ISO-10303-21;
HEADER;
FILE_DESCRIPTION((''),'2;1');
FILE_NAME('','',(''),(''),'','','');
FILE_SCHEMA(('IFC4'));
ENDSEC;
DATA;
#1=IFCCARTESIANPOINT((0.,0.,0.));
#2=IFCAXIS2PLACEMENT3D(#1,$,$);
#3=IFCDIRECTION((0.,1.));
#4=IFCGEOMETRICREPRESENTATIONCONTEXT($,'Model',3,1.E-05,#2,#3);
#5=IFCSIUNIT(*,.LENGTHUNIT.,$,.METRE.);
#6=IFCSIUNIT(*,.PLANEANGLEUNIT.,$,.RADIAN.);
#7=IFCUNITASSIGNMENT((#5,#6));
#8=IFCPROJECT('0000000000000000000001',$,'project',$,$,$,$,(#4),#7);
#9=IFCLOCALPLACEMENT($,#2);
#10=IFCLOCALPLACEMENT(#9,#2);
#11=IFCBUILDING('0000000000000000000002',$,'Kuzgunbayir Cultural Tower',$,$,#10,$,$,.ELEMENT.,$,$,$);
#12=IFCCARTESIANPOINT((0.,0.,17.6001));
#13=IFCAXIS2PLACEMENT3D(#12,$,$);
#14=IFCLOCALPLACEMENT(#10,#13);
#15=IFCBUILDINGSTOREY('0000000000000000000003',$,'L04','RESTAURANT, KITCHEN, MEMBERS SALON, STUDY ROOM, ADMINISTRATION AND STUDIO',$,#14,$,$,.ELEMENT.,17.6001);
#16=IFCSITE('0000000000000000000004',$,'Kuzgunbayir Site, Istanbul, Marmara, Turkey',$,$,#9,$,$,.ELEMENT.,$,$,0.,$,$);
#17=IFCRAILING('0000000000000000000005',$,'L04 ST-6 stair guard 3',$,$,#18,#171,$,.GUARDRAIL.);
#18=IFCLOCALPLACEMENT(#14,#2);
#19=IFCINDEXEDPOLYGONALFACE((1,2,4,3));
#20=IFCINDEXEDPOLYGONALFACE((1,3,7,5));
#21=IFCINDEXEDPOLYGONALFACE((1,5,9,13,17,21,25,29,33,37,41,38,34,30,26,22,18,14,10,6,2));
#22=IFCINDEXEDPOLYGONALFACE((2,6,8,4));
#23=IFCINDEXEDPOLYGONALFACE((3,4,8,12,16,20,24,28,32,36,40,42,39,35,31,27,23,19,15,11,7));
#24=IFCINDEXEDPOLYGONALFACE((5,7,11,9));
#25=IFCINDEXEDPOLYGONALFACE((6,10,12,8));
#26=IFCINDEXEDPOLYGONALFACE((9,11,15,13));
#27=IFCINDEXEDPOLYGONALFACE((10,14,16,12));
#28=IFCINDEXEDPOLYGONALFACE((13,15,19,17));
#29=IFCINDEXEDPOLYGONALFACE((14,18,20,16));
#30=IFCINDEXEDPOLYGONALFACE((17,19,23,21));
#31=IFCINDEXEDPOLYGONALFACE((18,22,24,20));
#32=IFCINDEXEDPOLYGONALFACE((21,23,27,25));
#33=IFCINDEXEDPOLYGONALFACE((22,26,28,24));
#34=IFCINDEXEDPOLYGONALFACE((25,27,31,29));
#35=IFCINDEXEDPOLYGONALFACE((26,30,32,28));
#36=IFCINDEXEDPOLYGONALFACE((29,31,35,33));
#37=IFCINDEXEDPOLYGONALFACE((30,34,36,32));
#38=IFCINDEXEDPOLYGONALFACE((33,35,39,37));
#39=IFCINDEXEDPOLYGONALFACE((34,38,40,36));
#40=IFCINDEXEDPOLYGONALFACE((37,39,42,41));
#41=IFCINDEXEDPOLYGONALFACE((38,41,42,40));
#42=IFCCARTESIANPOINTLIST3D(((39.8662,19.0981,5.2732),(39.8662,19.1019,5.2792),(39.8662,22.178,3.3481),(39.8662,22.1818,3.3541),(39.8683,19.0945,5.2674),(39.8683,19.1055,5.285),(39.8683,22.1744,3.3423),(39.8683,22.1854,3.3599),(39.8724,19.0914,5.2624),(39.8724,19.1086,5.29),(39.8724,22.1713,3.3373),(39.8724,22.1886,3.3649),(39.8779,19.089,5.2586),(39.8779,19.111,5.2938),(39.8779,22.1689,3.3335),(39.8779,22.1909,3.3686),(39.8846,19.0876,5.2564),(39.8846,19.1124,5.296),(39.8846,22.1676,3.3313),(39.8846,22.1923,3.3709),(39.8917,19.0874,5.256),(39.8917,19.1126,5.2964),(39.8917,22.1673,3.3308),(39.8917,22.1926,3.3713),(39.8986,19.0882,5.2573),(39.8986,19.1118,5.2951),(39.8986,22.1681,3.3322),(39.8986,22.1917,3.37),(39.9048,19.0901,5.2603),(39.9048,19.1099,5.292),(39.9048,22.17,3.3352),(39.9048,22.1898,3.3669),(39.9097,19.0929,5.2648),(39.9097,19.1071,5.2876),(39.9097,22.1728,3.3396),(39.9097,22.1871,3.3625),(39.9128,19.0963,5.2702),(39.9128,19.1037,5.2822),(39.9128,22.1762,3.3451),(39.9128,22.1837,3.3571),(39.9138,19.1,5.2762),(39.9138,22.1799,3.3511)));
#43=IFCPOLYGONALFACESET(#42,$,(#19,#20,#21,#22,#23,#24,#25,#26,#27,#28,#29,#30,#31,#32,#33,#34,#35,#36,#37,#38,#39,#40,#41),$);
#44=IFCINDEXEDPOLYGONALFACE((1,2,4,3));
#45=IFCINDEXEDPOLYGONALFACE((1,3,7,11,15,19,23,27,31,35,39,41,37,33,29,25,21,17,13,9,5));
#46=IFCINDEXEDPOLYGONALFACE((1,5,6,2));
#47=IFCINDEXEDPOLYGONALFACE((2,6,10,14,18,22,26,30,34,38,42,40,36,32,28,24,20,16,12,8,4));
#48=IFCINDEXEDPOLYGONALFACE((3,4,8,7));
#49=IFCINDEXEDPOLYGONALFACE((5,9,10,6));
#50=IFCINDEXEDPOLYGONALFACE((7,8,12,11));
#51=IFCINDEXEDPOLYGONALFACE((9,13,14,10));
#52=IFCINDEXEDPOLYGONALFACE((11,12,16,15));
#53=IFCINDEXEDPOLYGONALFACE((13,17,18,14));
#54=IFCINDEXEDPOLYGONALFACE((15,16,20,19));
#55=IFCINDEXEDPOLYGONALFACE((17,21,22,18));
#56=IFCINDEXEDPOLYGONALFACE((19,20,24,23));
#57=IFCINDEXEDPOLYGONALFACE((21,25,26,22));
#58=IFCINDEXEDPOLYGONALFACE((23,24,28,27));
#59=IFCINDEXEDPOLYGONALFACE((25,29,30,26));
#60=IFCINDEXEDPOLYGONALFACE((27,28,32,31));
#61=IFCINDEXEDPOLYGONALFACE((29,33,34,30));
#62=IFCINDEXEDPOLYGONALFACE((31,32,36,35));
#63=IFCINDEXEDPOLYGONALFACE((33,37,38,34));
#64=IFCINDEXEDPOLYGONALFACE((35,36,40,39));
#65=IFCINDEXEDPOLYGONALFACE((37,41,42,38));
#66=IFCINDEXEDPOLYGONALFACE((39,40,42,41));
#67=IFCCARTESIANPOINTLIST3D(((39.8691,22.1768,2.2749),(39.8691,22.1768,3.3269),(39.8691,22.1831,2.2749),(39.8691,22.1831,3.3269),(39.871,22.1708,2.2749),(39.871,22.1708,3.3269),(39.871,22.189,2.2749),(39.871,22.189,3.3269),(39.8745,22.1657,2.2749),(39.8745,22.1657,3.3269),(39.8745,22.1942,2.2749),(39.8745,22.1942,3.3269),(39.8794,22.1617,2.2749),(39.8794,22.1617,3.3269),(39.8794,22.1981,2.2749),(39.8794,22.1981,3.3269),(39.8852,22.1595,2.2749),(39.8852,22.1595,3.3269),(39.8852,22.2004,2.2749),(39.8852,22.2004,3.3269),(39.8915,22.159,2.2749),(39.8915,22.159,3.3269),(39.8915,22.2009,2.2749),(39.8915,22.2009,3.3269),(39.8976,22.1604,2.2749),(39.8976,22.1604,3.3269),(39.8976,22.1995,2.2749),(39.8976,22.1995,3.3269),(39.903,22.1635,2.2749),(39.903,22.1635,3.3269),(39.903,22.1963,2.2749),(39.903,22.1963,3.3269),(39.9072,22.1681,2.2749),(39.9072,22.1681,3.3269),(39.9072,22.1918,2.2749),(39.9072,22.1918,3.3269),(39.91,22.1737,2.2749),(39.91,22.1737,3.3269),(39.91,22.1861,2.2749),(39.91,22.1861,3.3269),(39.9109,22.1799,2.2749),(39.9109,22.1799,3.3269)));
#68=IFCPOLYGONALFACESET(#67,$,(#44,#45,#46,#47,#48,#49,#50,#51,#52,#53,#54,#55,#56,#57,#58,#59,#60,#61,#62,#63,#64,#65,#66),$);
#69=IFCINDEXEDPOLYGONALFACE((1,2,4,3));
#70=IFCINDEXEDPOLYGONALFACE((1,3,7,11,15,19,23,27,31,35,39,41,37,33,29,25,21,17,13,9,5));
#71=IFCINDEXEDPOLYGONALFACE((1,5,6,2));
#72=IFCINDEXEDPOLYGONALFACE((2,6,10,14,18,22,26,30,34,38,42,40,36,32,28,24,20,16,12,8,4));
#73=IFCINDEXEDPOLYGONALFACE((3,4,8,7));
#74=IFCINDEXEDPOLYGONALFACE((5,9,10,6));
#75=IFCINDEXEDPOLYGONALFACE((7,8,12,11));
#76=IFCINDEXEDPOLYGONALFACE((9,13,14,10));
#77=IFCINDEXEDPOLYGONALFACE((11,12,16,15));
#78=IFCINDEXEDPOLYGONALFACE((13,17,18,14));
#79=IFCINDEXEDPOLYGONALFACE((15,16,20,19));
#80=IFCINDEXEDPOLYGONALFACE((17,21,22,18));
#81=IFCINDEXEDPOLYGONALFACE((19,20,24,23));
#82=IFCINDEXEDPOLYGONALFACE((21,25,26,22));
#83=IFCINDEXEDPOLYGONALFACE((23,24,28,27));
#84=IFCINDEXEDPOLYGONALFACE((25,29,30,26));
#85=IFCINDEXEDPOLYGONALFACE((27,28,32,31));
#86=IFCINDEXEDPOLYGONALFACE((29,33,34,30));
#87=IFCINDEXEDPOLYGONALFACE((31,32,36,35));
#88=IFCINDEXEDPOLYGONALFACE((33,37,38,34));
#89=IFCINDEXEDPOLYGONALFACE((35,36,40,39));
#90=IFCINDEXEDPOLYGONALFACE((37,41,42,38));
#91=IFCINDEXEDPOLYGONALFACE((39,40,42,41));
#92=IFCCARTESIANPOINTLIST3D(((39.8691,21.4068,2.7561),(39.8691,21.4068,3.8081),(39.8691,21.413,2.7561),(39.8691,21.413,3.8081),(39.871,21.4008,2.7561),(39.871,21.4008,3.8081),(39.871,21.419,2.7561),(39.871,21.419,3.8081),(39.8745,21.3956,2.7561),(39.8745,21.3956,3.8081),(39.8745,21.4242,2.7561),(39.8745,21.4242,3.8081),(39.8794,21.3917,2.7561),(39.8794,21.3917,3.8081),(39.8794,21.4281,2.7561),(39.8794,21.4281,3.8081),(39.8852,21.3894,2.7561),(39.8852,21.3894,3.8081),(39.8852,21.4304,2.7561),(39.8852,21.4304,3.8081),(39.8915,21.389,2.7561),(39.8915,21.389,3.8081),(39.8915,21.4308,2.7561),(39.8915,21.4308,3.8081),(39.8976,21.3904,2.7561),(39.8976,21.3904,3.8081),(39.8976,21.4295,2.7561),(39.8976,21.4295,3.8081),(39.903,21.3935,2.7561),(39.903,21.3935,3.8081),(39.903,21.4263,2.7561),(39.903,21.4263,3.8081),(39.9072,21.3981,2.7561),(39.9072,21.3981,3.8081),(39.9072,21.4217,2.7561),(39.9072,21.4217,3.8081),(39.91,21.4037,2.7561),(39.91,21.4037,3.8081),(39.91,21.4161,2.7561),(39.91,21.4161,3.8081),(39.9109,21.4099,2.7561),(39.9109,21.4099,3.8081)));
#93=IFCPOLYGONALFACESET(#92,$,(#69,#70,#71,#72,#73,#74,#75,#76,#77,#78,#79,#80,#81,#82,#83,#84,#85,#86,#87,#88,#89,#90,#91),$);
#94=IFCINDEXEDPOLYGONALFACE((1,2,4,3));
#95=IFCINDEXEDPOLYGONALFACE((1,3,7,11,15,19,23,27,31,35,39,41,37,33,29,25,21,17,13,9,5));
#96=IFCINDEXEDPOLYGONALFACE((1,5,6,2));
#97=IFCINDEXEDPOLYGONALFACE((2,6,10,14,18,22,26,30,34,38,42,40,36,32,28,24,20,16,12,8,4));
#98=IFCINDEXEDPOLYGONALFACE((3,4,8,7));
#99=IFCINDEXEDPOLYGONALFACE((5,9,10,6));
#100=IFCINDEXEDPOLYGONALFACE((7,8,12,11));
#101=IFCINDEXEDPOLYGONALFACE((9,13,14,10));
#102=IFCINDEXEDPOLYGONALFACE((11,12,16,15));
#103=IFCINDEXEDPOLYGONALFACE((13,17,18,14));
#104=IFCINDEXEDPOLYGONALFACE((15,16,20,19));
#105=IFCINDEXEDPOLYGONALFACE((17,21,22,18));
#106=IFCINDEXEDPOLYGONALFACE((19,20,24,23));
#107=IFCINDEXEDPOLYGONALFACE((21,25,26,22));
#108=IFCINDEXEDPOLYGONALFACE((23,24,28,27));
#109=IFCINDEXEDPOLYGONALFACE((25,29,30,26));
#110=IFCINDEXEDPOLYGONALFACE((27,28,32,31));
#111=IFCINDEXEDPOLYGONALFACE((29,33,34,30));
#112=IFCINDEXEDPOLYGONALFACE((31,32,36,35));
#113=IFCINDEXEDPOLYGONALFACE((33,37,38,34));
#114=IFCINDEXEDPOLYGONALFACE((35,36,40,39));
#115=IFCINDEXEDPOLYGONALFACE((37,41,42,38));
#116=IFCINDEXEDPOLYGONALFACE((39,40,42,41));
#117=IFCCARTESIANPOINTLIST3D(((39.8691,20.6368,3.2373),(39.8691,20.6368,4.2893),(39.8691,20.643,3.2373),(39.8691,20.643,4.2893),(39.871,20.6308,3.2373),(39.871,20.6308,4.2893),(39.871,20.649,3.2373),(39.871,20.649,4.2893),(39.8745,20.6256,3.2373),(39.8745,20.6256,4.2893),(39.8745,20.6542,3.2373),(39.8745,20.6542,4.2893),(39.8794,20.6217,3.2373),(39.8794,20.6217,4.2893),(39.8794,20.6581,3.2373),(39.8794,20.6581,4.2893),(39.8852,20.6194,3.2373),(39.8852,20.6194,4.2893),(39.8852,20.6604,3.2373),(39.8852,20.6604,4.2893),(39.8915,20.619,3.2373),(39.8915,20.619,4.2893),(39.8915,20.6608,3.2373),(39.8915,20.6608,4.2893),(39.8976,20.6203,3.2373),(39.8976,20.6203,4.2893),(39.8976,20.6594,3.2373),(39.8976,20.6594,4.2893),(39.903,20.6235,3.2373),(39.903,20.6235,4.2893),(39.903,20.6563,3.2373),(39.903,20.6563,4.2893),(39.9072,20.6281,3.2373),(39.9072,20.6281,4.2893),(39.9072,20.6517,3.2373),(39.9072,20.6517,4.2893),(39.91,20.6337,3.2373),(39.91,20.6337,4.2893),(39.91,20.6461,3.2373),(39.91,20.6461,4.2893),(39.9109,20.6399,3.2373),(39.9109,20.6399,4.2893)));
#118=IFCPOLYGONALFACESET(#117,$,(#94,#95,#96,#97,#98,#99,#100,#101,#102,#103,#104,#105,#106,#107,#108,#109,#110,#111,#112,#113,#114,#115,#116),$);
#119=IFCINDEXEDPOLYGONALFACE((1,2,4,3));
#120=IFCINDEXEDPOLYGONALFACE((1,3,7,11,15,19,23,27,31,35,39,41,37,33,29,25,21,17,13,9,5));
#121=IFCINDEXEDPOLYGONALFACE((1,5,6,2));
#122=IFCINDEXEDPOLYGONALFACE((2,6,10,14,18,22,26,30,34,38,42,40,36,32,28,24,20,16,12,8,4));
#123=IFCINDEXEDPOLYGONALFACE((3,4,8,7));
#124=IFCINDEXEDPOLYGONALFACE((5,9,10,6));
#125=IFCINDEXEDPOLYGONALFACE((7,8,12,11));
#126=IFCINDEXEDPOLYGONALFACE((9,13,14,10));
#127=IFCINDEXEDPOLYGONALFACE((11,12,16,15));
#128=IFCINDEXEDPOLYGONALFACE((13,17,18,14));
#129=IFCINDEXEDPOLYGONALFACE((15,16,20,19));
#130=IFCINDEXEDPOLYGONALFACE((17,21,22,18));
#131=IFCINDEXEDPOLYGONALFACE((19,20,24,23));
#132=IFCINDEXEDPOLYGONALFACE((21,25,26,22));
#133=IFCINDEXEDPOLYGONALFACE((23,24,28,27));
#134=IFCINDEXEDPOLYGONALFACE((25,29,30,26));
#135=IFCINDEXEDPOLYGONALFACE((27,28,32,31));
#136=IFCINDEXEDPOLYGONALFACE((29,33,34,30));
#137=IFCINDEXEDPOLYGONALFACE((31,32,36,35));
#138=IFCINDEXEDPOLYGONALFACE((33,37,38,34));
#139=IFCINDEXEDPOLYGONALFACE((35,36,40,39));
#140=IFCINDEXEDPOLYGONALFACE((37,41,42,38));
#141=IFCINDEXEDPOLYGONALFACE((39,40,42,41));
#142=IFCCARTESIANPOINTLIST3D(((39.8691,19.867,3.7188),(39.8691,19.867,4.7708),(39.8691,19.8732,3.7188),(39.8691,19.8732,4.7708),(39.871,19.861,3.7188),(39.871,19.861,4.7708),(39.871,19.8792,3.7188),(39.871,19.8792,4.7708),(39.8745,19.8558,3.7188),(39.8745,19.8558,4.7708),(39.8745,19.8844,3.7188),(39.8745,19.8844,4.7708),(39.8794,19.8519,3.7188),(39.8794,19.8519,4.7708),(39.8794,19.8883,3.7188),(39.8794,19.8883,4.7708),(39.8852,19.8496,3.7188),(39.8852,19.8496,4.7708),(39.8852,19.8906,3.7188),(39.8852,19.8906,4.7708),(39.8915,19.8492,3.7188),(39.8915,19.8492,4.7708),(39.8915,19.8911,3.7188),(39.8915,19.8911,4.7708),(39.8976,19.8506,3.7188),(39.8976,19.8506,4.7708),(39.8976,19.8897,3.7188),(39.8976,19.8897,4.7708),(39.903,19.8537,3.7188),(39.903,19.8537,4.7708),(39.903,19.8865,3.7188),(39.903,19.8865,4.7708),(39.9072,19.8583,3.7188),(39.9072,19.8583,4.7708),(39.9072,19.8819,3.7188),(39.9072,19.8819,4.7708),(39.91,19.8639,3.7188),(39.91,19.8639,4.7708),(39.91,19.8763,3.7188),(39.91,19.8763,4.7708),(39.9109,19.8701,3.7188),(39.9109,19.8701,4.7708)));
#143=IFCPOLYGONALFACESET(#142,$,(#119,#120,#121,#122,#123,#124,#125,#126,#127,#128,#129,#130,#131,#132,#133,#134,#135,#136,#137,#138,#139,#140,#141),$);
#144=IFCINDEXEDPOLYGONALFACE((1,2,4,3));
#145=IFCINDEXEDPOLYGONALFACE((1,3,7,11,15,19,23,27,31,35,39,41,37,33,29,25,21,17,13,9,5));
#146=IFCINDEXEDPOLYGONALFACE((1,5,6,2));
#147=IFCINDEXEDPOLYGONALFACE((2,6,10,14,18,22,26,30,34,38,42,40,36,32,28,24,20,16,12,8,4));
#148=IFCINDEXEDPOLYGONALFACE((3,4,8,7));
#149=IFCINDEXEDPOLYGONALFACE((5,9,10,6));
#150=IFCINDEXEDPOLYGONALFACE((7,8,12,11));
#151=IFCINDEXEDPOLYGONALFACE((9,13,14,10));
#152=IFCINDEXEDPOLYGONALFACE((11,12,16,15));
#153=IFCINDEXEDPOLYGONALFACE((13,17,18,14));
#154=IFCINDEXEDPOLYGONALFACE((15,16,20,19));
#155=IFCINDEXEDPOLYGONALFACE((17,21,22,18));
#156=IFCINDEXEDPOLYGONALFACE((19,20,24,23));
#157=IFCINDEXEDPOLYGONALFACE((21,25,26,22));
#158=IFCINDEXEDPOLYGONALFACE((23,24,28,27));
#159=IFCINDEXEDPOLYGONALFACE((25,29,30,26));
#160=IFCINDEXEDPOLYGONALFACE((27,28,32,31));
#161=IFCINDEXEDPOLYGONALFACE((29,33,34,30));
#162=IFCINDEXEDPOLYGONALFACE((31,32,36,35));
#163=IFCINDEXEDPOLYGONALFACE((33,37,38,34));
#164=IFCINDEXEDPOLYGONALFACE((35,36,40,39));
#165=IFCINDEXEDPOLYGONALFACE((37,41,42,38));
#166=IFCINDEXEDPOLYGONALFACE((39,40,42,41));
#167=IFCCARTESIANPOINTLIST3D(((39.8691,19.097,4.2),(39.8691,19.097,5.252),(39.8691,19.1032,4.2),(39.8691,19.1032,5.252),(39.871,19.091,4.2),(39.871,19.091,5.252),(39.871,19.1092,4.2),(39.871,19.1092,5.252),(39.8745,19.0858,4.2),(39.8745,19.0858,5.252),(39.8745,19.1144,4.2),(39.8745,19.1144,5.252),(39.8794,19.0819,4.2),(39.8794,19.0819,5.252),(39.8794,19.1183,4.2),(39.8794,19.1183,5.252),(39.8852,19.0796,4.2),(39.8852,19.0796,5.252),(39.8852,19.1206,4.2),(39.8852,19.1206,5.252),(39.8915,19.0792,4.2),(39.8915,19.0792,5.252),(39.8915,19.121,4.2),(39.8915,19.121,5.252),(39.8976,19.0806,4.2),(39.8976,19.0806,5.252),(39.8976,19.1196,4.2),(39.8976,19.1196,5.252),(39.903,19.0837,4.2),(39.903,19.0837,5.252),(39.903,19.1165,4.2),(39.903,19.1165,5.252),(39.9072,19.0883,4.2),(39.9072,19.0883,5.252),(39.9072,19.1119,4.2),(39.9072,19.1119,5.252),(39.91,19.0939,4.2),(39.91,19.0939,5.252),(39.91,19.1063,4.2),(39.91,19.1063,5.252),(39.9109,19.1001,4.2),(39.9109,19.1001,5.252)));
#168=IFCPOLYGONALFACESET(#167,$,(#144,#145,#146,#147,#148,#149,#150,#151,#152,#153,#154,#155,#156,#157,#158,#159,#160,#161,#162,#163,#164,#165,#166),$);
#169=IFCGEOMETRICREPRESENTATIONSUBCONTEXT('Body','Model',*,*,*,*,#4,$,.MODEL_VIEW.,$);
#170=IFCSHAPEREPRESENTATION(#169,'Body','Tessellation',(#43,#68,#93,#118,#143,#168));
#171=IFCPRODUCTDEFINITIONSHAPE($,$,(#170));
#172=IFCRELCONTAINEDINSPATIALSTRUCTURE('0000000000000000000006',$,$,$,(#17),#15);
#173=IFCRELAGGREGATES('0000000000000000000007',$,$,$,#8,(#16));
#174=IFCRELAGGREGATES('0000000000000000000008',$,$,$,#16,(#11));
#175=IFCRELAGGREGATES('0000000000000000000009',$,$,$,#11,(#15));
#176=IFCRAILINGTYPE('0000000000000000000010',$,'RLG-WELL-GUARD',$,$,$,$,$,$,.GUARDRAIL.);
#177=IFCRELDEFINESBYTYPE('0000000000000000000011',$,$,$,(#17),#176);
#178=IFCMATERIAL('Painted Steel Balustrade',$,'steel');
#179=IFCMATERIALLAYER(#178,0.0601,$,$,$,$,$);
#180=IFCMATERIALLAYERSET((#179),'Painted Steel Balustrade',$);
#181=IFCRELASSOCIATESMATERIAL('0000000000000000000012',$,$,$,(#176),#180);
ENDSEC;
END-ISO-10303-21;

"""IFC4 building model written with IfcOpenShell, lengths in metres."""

from ifc_helpers import new_model, si_unit, direction, frame, origin, origin_2d, place, context, subcontext, project, spatial, circle, extrude, material, layer, layer_set, type_object, element, save


model = new_model("IFC4")

# Units and contexts
model_context = context("Model", 3, precision=1e-05, world=origin(), true_north=direction((0.0, 1.0)))
body_context = subcontext(model_context, "Body", "Model", "MODEL_VIEW")
ifc_project = project(units=[si_unit("LENGTHUNIT", "METRE"), si_unit("PLANEANGLEUNIT", "RADIAN")], contexts=[model_context])

# Site, building, storey
site_placement = place(None, origin())
site = spatial("IfcSite", under=ifc_project, at=site_placement, Name="Kuzgunbayir Site, Istanbul, Marmara, Turkey", CompositionType="ELEMENT", RefElevation=0.0)
building_placement = place(site_placement, origin())
building = spatial("IfcBuilding", under=site, at=building_placement, Name="Kuzgunbayir Cultural Tower", CompositionType="ELEMENT")
storey_placement = place(building_placement, frame((0.0, 0.0, 17.6001)))
storey = spatial("IfcBuildingStorey", under=building, at=storey_placement, Name="L04", Description="RESTAURANT, KITCHEN, MEMBERS SALON, STUDY ROOM, ADMINISTRATION AND STUDIO", CompositionType="ELEMENT", Elevation=17.6001)

# Railing
ifc_material_1 = material(Name="Painted Steel Balustrade", Category="steel")
ifc_layer_1 = layer(ifc_material_1, 0.0601)
ifc_layer_set_1 = layer_set([ifc_layer_1], Name="Painted Steel Balustrade")
railing_type_1 = type_object("IfcRailingType", Name="RLG-WELL-GUARD", PredefinedType="GUARDRAIL", material=ifc_layer_set_1)
railing_1_placement = place(storey_placement, frame((39.8899, 22.1799, 2.2749)))
element("IfcRailing", 1, at=railing_1_placement, inside=storey, type_object=railing_type_1, Name="L04 ST-6 stair guard 3", PredefinedType="GUARDRAIL", context=body_context, shape_type="SweptSolid", body=[
    extrude(circle(Radius=0.0239, at=origin_2d()), frame((0.0, 0.0, 1.0762), z_axis=(0.0, -0.847979, 0.530029), x_axis=(1.0, 0.0, 0.0)), (0.0, 0.0, 1.0), 3.6321),
    extrude(circle(Radius=0.021, at=origin_2d()), origin(), (0.0, 0.0, 1.0), 1.052),
    extrude(circle(Radius=0.021, at=origin_2d()), frame((0.0, -0.77, 0.4812)), (0.0, 0.0, 1.0), 1.052),
    extrude(circle(Radius=0.021, at=origin_2d()), frame((0.0, -1.54, 0.9624)), (0.0, 0.0, 1.0), 1.052),
    extrude(circle(Radius=0.021, at=origin_2d()), frame((0.0, -2.3098, 1.4438)), (0.0, 0.0, 1.0), 1.052),
    extrude(circle(Radius=0.021, at=origin_2d()), frame((0.0, -3.0798, 1.925)), (0.0, 0.0, 1.0), 1.052),
])

save(model, "model.ifc")
